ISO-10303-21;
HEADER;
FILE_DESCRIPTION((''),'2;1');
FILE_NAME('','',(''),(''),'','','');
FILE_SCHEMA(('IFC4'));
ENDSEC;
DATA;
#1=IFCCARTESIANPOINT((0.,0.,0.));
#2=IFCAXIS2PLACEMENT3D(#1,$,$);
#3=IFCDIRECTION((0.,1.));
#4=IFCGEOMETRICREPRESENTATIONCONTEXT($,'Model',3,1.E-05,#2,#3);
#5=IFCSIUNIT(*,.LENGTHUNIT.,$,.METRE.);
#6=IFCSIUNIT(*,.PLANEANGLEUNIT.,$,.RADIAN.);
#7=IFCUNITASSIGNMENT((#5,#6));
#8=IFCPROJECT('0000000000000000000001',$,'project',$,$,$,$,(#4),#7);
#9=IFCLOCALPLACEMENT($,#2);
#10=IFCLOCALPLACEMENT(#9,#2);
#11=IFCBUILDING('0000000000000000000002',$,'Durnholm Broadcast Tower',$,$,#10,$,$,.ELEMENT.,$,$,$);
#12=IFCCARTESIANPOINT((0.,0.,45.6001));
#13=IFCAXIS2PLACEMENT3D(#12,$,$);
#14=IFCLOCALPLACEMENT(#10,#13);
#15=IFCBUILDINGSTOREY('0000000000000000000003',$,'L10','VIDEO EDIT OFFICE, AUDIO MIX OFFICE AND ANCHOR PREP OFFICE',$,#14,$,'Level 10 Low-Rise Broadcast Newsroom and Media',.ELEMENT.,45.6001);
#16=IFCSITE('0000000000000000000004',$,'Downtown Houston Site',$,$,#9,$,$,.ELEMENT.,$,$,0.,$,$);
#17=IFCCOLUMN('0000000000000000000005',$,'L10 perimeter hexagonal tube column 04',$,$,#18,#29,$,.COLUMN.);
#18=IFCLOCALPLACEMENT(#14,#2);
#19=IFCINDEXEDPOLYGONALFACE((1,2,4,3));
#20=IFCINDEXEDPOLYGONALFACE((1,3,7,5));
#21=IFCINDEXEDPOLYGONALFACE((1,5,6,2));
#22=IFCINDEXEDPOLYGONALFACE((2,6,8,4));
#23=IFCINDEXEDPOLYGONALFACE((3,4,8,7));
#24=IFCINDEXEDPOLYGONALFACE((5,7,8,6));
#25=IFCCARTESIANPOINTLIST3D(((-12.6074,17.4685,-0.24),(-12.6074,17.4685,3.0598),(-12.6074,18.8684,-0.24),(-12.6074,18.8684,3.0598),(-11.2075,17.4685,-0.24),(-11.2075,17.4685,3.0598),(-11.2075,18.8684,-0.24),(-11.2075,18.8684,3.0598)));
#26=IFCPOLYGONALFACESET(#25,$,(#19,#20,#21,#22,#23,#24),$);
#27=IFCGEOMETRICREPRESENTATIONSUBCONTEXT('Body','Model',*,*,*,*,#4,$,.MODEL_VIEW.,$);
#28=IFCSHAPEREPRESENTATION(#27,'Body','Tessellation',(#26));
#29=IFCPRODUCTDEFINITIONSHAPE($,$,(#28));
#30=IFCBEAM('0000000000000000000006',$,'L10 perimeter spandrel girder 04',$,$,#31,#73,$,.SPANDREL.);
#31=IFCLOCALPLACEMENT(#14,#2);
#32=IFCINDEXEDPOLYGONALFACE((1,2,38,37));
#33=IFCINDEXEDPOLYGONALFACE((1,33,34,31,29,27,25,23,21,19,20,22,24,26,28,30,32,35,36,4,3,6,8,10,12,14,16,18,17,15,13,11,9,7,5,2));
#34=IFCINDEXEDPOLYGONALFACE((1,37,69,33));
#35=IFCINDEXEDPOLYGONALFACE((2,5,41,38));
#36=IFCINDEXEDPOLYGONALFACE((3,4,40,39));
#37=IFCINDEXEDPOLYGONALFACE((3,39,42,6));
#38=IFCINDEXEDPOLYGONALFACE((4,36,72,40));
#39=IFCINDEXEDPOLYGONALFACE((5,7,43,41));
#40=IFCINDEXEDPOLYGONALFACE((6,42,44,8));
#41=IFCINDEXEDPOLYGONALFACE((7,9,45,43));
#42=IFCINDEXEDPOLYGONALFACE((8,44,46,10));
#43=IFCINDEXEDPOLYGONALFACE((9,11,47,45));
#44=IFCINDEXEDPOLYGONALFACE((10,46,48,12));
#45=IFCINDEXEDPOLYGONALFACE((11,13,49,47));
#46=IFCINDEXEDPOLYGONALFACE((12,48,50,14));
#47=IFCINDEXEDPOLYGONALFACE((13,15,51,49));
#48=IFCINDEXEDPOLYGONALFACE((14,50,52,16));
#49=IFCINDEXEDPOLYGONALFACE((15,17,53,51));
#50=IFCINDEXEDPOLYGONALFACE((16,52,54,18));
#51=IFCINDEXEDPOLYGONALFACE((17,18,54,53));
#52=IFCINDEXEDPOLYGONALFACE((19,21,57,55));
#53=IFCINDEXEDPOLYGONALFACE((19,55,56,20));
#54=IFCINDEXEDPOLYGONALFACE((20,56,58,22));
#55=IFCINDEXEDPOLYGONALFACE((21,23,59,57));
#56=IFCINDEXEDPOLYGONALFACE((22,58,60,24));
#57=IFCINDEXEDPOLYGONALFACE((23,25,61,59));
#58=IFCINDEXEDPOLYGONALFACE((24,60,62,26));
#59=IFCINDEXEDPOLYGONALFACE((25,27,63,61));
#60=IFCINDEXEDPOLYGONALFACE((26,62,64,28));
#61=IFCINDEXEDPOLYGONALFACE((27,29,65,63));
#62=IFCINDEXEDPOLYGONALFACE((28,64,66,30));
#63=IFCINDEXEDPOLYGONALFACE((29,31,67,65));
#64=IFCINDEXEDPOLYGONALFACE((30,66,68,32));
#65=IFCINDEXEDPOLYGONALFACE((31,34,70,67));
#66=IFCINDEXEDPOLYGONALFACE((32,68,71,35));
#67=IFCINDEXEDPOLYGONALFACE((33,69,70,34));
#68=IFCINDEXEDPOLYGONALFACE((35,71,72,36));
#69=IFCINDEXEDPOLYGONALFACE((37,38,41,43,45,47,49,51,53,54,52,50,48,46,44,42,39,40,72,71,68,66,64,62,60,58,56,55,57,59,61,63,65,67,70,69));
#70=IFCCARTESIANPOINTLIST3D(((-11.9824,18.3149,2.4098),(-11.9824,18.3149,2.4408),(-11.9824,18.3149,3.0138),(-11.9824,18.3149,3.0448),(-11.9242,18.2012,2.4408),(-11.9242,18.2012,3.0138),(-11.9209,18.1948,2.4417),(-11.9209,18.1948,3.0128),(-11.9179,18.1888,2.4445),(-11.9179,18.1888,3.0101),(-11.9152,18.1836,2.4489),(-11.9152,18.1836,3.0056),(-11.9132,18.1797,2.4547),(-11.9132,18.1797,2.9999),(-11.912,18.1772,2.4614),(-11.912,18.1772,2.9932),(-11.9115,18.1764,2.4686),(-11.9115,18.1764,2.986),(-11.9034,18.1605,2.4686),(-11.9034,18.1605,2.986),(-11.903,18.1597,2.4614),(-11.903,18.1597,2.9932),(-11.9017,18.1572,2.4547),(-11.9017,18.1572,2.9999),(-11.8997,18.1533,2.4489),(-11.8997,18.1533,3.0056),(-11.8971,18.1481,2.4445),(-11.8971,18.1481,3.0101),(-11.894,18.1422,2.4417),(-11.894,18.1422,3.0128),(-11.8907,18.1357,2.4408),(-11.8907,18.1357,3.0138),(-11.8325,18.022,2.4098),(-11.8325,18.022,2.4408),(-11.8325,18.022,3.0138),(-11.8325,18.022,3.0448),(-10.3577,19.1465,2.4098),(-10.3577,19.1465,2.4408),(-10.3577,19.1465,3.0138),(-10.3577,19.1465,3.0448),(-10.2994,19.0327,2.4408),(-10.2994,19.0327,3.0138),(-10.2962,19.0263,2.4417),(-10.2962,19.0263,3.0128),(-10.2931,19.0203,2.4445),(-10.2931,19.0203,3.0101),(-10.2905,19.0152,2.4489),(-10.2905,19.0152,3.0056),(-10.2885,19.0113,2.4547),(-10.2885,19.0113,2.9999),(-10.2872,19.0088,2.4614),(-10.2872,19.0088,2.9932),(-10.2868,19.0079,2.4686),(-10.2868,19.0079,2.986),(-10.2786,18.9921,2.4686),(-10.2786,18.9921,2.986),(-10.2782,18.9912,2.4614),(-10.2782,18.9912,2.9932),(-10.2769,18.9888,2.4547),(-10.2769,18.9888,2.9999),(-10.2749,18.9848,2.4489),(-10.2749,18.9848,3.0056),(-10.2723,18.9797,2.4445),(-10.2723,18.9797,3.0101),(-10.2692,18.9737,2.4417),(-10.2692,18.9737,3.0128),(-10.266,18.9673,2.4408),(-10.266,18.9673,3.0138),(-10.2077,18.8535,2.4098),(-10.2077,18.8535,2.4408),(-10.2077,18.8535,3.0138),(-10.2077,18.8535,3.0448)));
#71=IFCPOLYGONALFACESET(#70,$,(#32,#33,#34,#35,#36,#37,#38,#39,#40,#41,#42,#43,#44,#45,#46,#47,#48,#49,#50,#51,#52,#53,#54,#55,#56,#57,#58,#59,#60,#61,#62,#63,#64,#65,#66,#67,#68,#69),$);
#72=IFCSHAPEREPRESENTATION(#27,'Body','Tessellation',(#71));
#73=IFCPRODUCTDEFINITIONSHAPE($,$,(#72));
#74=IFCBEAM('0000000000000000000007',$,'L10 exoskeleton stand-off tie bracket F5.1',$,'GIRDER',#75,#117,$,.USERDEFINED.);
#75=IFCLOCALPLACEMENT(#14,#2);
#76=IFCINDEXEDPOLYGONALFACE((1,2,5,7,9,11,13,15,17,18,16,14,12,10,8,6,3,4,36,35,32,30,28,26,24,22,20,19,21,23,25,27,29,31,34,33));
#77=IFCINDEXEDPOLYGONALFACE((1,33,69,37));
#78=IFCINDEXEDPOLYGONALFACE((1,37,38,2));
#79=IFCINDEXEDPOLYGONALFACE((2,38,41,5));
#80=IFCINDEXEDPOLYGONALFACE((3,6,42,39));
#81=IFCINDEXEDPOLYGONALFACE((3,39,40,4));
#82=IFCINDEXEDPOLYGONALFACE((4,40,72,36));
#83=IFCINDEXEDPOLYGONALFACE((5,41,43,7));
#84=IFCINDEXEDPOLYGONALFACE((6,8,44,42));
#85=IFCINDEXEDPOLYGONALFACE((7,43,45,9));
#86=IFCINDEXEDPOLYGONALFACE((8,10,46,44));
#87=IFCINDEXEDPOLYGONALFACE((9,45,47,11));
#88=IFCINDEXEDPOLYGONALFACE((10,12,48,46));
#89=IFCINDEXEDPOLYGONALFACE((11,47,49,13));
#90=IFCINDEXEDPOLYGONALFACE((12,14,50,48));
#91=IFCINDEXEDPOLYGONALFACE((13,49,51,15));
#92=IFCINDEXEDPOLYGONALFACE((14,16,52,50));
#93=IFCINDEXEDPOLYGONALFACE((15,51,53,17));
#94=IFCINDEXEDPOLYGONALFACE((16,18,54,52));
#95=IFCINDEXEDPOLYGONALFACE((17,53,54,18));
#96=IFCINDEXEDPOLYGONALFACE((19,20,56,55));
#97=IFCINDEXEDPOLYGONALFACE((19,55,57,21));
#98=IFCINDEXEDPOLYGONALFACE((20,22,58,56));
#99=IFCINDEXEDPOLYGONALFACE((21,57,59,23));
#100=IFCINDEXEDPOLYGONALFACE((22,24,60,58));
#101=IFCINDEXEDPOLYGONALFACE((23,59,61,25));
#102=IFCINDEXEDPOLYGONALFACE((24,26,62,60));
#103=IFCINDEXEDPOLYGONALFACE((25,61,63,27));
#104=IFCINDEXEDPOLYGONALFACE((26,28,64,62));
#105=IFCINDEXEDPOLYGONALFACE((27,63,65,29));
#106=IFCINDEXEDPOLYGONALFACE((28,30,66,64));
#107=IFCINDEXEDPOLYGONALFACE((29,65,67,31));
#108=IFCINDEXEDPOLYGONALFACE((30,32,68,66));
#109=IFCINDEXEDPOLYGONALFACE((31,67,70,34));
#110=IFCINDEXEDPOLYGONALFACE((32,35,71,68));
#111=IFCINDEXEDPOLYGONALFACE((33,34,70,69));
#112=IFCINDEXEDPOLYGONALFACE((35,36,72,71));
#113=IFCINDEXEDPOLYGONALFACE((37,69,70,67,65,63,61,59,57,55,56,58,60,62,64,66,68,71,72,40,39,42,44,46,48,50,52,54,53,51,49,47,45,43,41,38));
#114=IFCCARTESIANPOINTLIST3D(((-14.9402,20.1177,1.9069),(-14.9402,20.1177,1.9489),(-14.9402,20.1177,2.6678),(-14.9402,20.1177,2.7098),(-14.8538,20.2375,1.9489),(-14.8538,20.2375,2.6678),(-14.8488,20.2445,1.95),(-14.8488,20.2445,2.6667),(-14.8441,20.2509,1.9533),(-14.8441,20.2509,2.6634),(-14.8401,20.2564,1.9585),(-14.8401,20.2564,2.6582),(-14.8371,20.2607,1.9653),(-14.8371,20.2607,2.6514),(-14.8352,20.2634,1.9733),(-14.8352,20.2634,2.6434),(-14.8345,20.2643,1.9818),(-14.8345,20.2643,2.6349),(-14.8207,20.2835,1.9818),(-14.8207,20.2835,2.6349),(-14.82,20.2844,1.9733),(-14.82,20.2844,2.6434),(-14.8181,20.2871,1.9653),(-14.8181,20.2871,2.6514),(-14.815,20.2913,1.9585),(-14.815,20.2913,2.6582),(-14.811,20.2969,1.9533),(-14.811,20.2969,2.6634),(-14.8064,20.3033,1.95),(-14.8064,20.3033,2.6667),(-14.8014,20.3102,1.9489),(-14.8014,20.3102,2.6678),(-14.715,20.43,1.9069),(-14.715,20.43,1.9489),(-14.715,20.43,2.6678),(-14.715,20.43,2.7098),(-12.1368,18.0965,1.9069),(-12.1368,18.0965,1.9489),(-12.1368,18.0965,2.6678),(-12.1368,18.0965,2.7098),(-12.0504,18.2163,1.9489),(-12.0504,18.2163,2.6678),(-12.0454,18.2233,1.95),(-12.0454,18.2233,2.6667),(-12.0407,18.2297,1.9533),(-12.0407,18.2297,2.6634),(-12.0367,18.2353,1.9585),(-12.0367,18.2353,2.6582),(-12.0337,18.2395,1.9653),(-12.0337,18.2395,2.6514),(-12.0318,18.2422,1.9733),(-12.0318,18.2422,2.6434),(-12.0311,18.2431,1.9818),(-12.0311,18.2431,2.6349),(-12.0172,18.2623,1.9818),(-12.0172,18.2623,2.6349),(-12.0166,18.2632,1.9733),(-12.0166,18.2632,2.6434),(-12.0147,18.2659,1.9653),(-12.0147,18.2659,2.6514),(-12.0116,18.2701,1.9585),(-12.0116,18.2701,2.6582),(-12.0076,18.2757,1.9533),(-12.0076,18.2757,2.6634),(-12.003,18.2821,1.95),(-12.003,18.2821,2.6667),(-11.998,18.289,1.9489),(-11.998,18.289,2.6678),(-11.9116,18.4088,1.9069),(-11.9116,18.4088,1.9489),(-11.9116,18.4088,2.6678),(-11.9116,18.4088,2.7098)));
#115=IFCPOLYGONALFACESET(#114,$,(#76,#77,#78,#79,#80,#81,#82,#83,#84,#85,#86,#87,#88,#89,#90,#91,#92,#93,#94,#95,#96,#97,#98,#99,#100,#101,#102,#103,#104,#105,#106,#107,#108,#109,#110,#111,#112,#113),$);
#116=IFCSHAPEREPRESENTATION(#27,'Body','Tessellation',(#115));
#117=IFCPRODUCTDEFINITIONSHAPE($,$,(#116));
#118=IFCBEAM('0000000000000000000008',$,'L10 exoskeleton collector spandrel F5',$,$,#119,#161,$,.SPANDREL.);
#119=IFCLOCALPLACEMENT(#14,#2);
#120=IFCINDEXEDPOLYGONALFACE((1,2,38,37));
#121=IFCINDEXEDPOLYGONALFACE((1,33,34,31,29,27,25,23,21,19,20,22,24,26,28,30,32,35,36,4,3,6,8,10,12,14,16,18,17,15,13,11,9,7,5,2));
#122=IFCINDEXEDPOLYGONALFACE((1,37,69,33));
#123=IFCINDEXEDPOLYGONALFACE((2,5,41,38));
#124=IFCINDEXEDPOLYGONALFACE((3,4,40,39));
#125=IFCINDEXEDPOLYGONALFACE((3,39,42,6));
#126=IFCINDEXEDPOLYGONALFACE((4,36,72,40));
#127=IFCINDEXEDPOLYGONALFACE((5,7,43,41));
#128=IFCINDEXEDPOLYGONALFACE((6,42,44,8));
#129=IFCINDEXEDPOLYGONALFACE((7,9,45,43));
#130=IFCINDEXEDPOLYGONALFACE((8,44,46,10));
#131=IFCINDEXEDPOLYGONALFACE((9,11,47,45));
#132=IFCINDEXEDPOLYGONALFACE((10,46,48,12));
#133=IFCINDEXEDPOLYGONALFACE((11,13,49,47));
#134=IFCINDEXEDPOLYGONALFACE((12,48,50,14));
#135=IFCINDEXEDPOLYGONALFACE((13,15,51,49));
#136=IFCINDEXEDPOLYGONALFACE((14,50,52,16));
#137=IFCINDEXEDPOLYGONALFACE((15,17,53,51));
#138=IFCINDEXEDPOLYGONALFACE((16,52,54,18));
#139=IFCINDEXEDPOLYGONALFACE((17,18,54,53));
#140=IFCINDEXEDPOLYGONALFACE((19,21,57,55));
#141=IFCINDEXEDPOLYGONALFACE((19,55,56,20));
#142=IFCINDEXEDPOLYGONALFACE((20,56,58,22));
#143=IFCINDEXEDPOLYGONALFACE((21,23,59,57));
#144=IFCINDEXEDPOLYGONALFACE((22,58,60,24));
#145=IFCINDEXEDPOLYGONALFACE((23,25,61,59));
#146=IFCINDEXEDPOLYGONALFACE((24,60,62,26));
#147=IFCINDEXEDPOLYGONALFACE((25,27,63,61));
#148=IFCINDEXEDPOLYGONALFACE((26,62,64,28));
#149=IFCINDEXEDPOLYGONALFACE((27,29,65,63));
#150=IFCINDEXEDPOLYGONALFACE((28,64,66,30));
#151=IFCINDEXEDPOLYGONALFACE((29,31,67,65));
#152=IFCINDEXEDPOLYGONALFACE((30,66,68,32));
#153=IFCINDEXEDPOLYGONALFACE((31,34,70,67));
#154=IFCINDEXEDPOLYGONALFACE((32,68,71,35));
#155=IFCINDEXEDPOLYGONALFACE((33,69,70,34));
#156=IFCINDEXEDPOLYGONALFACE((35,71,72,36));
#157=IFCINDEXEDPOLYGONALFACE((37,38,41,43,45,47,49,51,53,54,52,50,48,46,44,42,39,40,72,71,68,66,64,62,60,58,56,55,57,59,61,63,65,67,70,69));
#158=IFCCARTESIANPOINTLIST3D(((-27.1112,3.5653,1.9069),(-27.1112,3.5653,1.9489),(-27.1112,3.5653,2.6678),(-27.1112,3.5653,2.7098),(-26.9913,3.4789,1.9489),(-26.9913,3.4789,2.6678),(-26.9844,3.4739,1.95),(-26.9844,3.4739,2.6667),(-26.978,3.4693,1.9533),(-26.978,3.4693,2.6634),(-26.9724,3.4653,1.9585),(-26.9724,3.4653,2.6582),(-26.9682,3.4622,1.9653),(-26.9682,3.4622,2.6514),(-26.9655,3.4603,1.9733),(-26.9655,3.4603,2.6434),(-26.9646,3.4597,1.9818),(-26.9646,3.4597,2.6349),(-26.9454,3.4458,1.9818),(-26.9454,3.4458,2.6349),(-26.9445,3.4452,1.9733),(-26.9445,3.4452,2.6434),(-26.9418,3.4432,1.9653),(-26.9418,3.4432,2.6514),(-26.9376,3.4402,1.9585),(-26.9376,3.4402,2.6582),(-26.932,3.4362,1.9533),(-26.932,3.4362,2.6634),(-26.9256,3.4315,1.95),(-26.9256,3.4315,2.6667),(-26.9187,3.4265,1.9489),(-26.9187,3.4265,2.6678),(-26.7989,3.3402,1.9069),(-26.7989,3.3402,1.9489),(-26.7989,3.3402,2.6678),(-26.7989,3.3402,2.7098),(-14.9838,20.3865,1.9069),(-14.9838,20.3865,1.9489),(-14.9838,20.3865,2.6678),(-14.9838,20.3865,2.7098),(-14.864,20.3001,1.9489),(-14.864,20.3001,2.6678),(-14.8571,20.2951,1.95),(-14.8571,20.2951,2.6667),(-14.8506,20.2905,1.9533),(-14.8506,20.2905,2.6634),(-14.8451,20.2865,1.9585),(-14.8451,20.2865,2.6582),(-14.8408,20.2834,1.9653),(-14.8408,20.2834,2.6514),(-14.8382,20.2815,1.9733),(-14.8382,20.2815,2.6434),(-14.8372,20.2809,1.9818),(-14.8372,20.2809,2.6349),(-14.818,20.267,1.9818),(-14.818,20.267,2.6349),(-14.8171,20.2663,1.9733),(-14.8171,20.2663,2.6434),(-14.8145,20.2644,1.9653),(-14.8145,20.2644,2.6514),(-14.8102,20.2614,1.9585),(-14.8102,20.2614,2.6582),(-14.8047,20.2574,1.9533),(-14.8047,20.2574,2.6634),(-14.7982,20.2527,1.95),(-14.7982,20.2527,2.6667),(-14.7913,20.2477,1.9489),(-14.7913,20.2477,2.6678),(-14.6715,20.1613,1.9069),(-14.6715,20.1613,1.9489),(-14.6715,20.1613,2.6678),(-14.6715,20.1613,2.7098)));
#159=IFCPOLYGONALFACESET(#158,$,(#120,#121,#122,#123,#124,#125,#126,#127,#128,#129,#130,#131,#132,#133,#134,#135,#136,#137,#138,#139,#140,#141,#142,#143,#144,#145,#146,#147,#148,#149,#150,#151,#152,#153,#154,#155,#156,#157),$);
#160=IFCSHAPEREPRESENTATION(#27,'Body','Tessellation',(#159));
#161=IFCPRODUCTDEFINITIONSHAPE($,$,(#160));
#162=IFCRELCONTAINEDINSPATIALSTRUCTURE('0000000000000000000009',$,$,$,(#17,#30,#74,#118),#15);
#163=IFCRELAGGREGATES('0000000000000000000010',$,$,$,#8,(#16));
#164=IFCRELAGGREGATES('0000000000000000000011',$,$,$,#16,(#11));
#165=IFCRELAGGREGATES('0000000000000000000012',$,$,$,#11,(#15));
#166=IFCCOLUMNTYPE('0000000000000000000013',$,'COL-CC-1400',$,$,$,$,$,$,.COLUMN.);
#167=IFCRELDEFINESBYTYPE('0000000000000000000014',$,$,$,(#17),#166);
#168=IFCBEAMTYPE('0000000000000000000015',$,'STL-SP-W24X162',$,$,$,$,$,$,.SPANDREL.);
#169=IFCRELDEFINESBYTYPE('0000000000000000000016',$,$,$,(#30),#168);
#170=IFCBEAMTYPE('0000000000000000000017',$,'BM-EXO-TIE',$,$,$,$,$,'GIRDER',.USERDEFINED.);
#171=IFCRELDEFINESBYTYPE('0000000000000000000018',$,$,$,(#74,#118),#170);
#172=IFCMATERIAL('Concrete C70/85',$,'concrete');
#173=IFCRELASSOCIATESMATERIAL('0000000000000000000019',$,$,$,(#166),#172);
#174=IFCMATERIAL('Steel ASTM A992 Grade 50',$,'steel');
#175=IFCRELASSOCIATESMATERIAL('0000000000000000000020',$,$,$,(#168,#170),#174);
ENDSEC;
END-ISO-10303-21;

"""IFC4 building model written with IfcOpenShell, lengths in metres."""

from ifc_helpers import new_model, si_unit, direction, frame, origin, origin_2d, place, context, subcontext, project, spatial, rectangle, i_section, extrude, source, transform, mapped, material, material_profile, profile_set, type_object, type_shapes, element, save


model = new_model("IFC4")

# Units and contexts
model_context = context("Model", 3, precision=1e-05, world=origin(), true_north=direction((0.0, 1.0)))
body_context = subcontext(model_context, "Body", "Model", "MODEL_VIEW")
ifc_project = project(units=[si_unit("LENGTHUNIT", "METRE"), si_unit("PLANEANGLEUNIT", "RADIAN")], contexts=[model_context])

# Site, building, storey
site_placement = place(None, origin())
site = spatial("IfcSite", under=ifc_project, at=site_placement, Name="Downtown Houston Site", CompositionType="ELEMENT", RefElevation=0.0)
building_placement = place(site_placement, origin())
building = spatial("IfcBuilding", under=site, at=building_placement, Name="Durnholm Broadcast Tower", CompositionType="ELEMENT")
storey_placement = place(building_placement, frame((0.0, 0.0, 45.6001)))
storey = spatial("IfcBuildingStorey", under=building, at=storey_placement, Name="L10", Description="VIDEO EDIT OFFICE, AUDIO MIX OFFICE AND ANCHOR PREP OFFICE", LongName="Level 10 Low-Rise Broadcast Newsroom and Media", CompositionType="ELEMENT", Elevation=45.6001)

# Column
ifc_material_1 = material(Name="Concrete C70/85", Category="concrete")
ifc_material_profile_1 = material_profile(ifc_material_1, rectangle(XDim=1.3999, YDim=1.3999, at=origin_2d()), Name="RC1400X1400")
ifc_profile_set_1 = profile_set([ifc_material_profile_1], Name="Concrete C70/85")
column_type = type_object("IfcColumnType", Name="COL-CC-1400", PredefinedType="COLUMN", material=ifc_profile_set_1)
shared_shape_1 = source(origin(), body_context, "Body", "SweptSolid", [
    extrude(rectangle(XDim=1.3999, YDim=1.3999, at=origin_2d()), origin(), (0.0, 0.0, 1.0), 3.2998),
])
type_shapes(column_type, [shared_shape_1])
column_placement = place(storey_placement, frame((-11.9075, 18.1685, -0.24), z_axis=(0.0, 0.0, 1.0), x_axis=(1.0, 0.0, 0.0)))
element("IfcColumn", 1, at=column_placement, inside=storey, type_object=column_type, Name="L10 perimeter hexagonal tube column 04", PredefinedType="COLUMN", context=body_context, shape_type="MappedRepresentation", body=[
    mapped(shared_shape_1, transform((0.0, 0.0, 0.0), x_axis=(1.0, 0.0, 0.0), y_axis=(0.0, 1.0, 0.0), z_axis=(0.0, 0.0, 1.0), scale=1.0)),
])

# Beams
ifc_material_2 = material(Name="Steel ASTM A992 Grade 50", Category="steel")
ifc_material_profile_2 = material_profile(ifc_material_2, i_section(OverallWidth=0.3291, OverallDepth=0.635, WebThickness=0.0178, FlangeThickness=0.031, FilletRadius=0.0278, at=origin_2d()), Name="W24X162")
ifc_profile_set_2 = profile_set([ifc_material_profile_2], Name="Steel ASTM A992 Grade 50")
beam_type_1 = type_object("IfcBeamType", Name="STL-SP-W24X162", PredefinedType="SPANDREL", material=ifc_profile_set_2)
shared_shape_2 = source(origin(), body_context, "Body", "SweptSolid", [
    extrude(i_section(OverallWidth=0.3291, OverallDepth=0.635, WebThickness=0.0178, FlangeThickness=0.031, FilletRadius=0.0278, at=origin_2d()), origin(), (0.0, 0.0, 1.0), 1.8252),
])
type_shapes(beam_type_1, [shared_shape_2])
beam_1_placement = place(storey_placement, frame((-11.9075, 18.1685, 2.7273), z_axis=(0.890188, 0.455594, 0.0), x_axis=(-0.455594, 0.890188, 0.0)))
element("IfcBeam", 2, at=beam_1_placement, inside=storey, type_object=beam_type_1, Name="L10 perimeter spandrel girder 04", PredefinedType="SPANDREL", context=body_context, shape_type="MappedRepresentation", body=[
    mapped(shared_shape_2, transform((0.0, 0.0, 0.0), x_axis=(1.0, 0.0, 0.0), y_axis=(0.0, 1.0, 0.0), z_axis=(0.0, 0.0, 1.0), scale=1.0)),
])
ifc_material_profile_3 = material_profile(ifc_material_2, i_section(OverallWidth=0.385, OverallDepth=0.803, WebThickness=0.0237, FlangeThickness=0.042, FilletRadius=0.033, at=origin_2d()), Name="W30X261")
ifc_profile_set_3 = profile_set([ifc_material_profile_3], Name="Steel ASTM A992 Grade 50")
beam_type_2 = type_object("IfcBeamType", Name="BM-EXO-TIE", ElementType="GIRDER", PredefinedType="USERDEFINED", material=ifc_profile_set_3)
shared_shape_3 = source(origin(), body_context, "Body", "SweptSolid", [
    extrude(i_section(OverallWidth=0.385, OverallDepth=0.803, WebThickness=0.0237, FlangeThickness=0.042, FilletRadius=0.033, at=origin_2d()), origin(), (0.0, 0.0, 1.0), 3.4561),
])
beam_2_placement = place(storey_placement, frame((-12.0242, 18.2527, 2.3083), z_axis=(-0.811158, 0.584828, 0.0), x_axis=(-0.584828, -0.811158, 0.0)))
element("IfcBeam", 3, at=beam_2_placement, inside=storey, type_object=beam_type_2, Name="L10 exoskeleton stand-off tie bracket F5.1", ObjectType="GIRDER", PredefinedType="USERDEFINED", context=body_context, shape_type="MappedRepresentation", body=[
    mapped(shared_shape_3, transform((0.0, 0.0, 0.0), x_axis=(1.0, 0.0, 0.0), y_axis=(0.0, 1.0, 0.0), z_axis=(0.0, 0.0, 1.0), scale=1.0)),
])
shared_shape_4 = source(origin(), body_context, "Body", "SweptSolid", [
    extrude(i_section(OverallWidth=0.385, OverallDepth=0.803, WebThickness=0.0237, FlangeThickness=0.042, FilletRadius=0.033, at=origin_2d()), origin(), (0.0, 0.0, 1.0), 20.7371),
])
type_shapes(beam_type_2, [shared_shape_3, shared_shape_4])
beam_3_placement = place(storey_placement, frame((-14.8276, 20.2739, 2.3083), z_axis=(-0.584816, -0.811166, 0.0), x_axis=(0.811166, -0.584816, 0.0)))
element("IfcBeam", 4, at=beam_3_placement, inside=storey, type_object=beam_type_2, Name="L10 exoskeleton collector spandrel F5", PredefinedType="SPANDREL", context=body_context, shape_type="MappedRepresentation", body=[
    mapped(shared_shape_4, transform((0.0, 0.0, 0.0), x_axis=(1.0, 0.0, 0.0), y_axis=(0.0, 1.0, 0.0), z_axis=(0.0, 0.0, 1.0), scale=1.0)),
])

save(model, "model.ifc")
